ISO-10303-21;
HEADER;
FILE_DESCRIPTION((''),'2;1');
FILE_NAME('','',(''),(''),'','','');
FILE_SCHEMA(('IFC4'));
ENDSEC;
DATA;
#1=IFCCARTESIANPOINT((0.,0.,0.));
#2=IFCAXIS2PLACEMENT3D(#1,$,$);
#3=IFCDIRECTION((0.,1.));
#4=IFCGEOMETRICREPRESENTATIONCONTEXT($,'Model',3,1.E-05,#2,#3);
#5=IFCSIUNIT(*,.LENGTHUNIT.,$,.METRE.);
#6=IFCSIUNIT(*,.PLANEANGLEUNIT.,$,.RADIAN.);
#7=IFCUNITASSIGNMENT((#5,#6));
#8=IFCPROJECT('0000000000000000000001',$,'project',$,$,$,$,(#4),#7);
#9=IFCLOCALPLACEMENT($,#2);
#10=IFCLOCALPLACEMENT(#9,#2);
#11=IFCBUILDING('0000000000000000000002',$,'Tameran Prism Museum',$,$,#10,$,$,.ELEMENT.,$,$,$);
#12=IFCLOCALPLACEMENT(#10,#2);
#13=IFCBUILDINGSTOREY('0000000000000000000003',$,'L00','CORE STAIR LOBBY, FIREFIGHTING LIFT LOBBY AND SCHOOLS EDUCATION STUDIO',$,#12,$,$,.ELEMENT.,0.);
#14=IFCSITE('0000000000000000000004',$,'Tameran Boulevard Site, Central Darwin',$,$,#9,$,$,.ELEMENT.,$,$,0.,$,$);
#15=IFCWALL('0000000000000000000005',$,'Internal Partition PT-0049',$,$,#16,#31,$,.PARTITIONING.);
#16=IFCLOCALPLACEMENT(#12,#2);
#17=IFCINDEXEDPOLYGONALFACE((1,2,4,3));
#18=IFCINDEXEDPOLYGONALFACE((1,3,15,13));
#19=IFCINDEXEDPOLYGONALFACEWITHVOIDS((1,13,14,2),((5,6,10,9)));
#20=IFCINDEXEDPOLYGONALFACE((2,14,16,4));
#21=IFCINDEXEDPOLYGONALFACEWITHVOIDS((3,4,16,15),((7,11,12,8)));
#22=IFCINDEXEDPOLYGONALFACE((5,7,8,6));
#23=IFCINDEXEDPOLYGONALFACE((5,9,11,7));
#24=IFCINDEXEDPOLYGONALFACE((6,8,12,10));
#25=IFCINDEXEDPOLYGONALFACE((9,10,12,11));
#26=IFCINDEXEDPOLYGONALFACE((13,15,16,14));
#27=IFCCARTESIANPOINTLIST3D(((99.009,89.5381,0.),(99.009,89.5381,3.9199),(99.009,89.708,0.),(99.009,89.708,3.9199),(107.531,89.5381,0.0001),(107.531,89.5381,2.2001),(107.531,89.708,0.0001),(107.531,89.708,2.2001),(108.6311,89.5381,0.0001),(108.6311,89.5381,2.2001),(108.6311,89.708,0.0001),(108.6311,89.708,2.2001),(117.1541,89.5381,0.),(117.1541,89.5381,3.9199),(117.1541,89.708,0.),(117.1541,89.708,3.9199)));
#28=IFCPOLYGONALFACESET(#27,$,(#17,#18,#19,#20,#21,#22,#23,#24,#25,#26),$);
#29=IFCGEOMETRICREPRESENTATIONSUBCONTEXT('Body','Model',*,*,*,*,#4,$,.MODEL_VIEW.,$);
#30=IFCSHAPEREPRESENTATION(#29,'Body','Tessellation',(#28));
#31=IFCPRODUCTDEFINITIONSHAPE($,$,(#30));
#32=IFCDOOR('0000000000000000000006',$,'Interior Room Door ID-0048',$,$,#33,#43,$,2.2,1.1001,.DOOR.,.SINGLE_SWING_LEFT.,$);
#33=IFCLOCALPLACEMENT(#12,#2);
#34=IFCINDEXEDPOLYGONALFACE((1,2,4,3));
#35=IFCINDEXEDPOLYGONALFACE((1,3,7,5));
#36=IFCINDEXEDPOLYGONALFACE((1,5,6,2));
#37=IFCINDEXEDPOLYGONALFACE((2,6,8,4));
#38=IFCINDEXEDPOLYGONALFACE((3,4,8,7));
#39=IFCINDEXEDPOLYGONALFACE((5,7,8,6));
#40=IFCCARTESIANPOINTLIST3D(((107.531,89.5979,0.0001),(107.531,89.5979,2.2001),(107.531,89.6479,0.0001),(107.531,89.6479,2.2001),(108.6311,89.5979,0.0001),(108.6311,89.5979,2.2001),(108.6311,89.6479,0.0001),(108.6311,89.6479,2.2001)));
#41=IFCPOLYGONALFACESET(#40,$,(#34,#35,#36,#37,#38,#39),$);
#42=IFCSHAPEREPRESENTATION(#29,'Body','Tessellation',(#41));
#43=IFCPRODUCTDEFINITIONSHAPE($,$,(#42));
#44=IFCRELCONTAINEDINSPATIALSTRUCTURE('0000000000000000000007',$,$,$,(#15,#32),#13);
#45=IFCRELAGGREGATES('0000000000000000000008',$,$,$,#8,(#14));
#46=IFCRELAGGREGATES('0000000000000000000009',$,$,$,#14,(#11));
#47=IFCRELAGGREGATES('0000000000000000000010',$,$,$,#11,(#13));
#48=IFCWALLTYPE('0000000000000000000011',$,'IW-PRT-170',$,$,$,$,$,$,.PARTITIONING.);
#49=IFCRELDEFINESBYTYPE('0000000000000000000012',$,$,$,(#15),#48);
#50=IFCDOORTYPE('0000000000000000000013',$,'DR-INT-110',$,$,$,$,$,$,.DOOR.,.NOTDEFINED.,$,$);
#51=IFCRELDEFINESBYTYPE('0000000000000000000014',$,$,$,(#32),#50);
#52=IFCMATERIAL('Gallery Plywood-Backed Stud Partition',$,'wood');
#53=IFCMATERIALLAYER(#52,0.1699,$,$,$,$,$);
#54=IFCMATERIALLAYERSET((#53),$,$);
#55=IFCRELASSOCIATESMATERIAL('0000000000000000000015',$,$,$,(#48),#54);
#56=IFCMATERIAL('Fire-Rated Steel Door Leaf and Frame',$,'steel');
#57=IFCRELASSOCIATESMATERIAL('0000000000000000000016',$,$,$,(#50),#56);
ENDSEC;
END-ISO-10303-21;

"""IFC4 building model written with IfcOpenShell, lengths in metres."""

from ifc_helpers import new_model, si_unit, direction, frame, frame_2d, origin, place, context, subcontext, project, spatial, rectangle, extrude, material, layer, layer_set, type_object, element, fill, save


model = new_model("IFC4")

# Units and contexts
model_context = context("Model", 3, precision=1e-05, world=origin(), true_north=direction((0.0, 1.0)))
body_context = subcontext(model_context, "Body", "Model", "MODEL_VIEW")
ifc_project = project(units=[si_unit("LENGTHUNIT", "METRE"), si_unit("PLANEANGLEUNIT", "RADIAN")], contexts=[model_context])

# Site, building, storey
site_placement = place(None, origin())
site = spatial("IfcSite", under=ifc_project, at=site_placement, Name="Tameran Boulevard Site, Central Darwin", CompositionType="ELEMENT", RefElevation=0.0)
building_placement = place(site_placement, origin())
building = spatial("IfcBuilding", under=site, at=building_placement, Name="Tameran Prism Museum", CompositionType="ELEMENT")
storey_placement = place(building_placement, origin())
storey = spatial("IfcBuildingStorey", under=building, at=storey_placement, Name="L00", Description="CORE STAIR LOBBY, FIREFIGHTING LIFT LOBBY AND SCHOOLS EDUCATION STUDIO", CompositionType="ELEMENT", Elevation=0.0)

# Wall, opening, door
ifc_material_1 = material(Name="Gallery Plywood-Backed Stud Partition", Category="wood")
ifc_layer_1 = layer(ifc_material_1, 0.1699)
ifc_layer_set_1 = layer_set([ifc_layer_1])
wall_type = type_object("IfcWallType", Name="IW-PRT-170", PredefinedType="PARTITIONING", material=ifc_layer_set_1)
wall_placement = place(storey_placement, frame((99.009, 89.623, 0.0), z_axis=(0.0, 0.0, 1.0), x_axis=(1.0, 0.0, 0.0)))
wall = element("IfcWall", 1, at=wall_placement, inside=storey, type_object=wall_type, Name="Internal Partition PT-0049", PredefinedType="PARTITIONING", context=body_context, shape_type="SweptSolid", body=[
    extrude(rectangle(XDim=18.145, YDim=0.1699, at=frame_2d((9.0725, 0.0))), origin(), (0.0, 0.0, 1.0), 3.9199),
])
opening_placement = place(wall_placement, frame((8.522, 0.0, 0.0)))
opening = element("IfcOpeningElement", 2, at=opening_placement, cuts=wall, PredefinedType="OPENING", context=body_context, shape_type="SweptSolid", body=[
    extrude(rectangle(XDim=1.1001, YDim=2.2, at=frame_2d((0.55, 1.1001))), frame((0.0, 0.095, 0.0), z_axis=(0.0, -1.0, 0.0), x_axis=(1.0, 0.0, 0.0)), (0.0, 0.0, 1.0), 0.1899),
])
ifc_material_2 = material(Name="Fire-Rated Steel Door Leaf and Frame", Category="steel")
door_type = type_object("IfcDoorType", Name="DR-INT-110", OperationType="NOTDEFINED", PredefinedType="DOOR", material=ifc_material_2)
door_placement = place(opening_placement, origin())
door = element("IfcDoor", 3, at=door_placement, inside=storey, type_object=door_type, Name="Interior Room Door ID-0048", OperationType="SINGLE_SWING_LEFT", OverallHeight=2.2, OverallWidth=1.1001, PredefinedType="DOOR", context=body_context, shape_type="SweptSolid", body=[
    extrude(rectangle(XDim=1.1001, YDim=2.2, at=frame_2d((0.55, 1.1001))), frame((0.0, 0.0249, 0.0), z_axis=(0.0, -1.0, 0.0), x_axis=(1.0, 0.0, 0.0)), (0.0, 0.0, 1.0), 0.05),
])
fill(opening, door)

save(model, "model.ifc")
